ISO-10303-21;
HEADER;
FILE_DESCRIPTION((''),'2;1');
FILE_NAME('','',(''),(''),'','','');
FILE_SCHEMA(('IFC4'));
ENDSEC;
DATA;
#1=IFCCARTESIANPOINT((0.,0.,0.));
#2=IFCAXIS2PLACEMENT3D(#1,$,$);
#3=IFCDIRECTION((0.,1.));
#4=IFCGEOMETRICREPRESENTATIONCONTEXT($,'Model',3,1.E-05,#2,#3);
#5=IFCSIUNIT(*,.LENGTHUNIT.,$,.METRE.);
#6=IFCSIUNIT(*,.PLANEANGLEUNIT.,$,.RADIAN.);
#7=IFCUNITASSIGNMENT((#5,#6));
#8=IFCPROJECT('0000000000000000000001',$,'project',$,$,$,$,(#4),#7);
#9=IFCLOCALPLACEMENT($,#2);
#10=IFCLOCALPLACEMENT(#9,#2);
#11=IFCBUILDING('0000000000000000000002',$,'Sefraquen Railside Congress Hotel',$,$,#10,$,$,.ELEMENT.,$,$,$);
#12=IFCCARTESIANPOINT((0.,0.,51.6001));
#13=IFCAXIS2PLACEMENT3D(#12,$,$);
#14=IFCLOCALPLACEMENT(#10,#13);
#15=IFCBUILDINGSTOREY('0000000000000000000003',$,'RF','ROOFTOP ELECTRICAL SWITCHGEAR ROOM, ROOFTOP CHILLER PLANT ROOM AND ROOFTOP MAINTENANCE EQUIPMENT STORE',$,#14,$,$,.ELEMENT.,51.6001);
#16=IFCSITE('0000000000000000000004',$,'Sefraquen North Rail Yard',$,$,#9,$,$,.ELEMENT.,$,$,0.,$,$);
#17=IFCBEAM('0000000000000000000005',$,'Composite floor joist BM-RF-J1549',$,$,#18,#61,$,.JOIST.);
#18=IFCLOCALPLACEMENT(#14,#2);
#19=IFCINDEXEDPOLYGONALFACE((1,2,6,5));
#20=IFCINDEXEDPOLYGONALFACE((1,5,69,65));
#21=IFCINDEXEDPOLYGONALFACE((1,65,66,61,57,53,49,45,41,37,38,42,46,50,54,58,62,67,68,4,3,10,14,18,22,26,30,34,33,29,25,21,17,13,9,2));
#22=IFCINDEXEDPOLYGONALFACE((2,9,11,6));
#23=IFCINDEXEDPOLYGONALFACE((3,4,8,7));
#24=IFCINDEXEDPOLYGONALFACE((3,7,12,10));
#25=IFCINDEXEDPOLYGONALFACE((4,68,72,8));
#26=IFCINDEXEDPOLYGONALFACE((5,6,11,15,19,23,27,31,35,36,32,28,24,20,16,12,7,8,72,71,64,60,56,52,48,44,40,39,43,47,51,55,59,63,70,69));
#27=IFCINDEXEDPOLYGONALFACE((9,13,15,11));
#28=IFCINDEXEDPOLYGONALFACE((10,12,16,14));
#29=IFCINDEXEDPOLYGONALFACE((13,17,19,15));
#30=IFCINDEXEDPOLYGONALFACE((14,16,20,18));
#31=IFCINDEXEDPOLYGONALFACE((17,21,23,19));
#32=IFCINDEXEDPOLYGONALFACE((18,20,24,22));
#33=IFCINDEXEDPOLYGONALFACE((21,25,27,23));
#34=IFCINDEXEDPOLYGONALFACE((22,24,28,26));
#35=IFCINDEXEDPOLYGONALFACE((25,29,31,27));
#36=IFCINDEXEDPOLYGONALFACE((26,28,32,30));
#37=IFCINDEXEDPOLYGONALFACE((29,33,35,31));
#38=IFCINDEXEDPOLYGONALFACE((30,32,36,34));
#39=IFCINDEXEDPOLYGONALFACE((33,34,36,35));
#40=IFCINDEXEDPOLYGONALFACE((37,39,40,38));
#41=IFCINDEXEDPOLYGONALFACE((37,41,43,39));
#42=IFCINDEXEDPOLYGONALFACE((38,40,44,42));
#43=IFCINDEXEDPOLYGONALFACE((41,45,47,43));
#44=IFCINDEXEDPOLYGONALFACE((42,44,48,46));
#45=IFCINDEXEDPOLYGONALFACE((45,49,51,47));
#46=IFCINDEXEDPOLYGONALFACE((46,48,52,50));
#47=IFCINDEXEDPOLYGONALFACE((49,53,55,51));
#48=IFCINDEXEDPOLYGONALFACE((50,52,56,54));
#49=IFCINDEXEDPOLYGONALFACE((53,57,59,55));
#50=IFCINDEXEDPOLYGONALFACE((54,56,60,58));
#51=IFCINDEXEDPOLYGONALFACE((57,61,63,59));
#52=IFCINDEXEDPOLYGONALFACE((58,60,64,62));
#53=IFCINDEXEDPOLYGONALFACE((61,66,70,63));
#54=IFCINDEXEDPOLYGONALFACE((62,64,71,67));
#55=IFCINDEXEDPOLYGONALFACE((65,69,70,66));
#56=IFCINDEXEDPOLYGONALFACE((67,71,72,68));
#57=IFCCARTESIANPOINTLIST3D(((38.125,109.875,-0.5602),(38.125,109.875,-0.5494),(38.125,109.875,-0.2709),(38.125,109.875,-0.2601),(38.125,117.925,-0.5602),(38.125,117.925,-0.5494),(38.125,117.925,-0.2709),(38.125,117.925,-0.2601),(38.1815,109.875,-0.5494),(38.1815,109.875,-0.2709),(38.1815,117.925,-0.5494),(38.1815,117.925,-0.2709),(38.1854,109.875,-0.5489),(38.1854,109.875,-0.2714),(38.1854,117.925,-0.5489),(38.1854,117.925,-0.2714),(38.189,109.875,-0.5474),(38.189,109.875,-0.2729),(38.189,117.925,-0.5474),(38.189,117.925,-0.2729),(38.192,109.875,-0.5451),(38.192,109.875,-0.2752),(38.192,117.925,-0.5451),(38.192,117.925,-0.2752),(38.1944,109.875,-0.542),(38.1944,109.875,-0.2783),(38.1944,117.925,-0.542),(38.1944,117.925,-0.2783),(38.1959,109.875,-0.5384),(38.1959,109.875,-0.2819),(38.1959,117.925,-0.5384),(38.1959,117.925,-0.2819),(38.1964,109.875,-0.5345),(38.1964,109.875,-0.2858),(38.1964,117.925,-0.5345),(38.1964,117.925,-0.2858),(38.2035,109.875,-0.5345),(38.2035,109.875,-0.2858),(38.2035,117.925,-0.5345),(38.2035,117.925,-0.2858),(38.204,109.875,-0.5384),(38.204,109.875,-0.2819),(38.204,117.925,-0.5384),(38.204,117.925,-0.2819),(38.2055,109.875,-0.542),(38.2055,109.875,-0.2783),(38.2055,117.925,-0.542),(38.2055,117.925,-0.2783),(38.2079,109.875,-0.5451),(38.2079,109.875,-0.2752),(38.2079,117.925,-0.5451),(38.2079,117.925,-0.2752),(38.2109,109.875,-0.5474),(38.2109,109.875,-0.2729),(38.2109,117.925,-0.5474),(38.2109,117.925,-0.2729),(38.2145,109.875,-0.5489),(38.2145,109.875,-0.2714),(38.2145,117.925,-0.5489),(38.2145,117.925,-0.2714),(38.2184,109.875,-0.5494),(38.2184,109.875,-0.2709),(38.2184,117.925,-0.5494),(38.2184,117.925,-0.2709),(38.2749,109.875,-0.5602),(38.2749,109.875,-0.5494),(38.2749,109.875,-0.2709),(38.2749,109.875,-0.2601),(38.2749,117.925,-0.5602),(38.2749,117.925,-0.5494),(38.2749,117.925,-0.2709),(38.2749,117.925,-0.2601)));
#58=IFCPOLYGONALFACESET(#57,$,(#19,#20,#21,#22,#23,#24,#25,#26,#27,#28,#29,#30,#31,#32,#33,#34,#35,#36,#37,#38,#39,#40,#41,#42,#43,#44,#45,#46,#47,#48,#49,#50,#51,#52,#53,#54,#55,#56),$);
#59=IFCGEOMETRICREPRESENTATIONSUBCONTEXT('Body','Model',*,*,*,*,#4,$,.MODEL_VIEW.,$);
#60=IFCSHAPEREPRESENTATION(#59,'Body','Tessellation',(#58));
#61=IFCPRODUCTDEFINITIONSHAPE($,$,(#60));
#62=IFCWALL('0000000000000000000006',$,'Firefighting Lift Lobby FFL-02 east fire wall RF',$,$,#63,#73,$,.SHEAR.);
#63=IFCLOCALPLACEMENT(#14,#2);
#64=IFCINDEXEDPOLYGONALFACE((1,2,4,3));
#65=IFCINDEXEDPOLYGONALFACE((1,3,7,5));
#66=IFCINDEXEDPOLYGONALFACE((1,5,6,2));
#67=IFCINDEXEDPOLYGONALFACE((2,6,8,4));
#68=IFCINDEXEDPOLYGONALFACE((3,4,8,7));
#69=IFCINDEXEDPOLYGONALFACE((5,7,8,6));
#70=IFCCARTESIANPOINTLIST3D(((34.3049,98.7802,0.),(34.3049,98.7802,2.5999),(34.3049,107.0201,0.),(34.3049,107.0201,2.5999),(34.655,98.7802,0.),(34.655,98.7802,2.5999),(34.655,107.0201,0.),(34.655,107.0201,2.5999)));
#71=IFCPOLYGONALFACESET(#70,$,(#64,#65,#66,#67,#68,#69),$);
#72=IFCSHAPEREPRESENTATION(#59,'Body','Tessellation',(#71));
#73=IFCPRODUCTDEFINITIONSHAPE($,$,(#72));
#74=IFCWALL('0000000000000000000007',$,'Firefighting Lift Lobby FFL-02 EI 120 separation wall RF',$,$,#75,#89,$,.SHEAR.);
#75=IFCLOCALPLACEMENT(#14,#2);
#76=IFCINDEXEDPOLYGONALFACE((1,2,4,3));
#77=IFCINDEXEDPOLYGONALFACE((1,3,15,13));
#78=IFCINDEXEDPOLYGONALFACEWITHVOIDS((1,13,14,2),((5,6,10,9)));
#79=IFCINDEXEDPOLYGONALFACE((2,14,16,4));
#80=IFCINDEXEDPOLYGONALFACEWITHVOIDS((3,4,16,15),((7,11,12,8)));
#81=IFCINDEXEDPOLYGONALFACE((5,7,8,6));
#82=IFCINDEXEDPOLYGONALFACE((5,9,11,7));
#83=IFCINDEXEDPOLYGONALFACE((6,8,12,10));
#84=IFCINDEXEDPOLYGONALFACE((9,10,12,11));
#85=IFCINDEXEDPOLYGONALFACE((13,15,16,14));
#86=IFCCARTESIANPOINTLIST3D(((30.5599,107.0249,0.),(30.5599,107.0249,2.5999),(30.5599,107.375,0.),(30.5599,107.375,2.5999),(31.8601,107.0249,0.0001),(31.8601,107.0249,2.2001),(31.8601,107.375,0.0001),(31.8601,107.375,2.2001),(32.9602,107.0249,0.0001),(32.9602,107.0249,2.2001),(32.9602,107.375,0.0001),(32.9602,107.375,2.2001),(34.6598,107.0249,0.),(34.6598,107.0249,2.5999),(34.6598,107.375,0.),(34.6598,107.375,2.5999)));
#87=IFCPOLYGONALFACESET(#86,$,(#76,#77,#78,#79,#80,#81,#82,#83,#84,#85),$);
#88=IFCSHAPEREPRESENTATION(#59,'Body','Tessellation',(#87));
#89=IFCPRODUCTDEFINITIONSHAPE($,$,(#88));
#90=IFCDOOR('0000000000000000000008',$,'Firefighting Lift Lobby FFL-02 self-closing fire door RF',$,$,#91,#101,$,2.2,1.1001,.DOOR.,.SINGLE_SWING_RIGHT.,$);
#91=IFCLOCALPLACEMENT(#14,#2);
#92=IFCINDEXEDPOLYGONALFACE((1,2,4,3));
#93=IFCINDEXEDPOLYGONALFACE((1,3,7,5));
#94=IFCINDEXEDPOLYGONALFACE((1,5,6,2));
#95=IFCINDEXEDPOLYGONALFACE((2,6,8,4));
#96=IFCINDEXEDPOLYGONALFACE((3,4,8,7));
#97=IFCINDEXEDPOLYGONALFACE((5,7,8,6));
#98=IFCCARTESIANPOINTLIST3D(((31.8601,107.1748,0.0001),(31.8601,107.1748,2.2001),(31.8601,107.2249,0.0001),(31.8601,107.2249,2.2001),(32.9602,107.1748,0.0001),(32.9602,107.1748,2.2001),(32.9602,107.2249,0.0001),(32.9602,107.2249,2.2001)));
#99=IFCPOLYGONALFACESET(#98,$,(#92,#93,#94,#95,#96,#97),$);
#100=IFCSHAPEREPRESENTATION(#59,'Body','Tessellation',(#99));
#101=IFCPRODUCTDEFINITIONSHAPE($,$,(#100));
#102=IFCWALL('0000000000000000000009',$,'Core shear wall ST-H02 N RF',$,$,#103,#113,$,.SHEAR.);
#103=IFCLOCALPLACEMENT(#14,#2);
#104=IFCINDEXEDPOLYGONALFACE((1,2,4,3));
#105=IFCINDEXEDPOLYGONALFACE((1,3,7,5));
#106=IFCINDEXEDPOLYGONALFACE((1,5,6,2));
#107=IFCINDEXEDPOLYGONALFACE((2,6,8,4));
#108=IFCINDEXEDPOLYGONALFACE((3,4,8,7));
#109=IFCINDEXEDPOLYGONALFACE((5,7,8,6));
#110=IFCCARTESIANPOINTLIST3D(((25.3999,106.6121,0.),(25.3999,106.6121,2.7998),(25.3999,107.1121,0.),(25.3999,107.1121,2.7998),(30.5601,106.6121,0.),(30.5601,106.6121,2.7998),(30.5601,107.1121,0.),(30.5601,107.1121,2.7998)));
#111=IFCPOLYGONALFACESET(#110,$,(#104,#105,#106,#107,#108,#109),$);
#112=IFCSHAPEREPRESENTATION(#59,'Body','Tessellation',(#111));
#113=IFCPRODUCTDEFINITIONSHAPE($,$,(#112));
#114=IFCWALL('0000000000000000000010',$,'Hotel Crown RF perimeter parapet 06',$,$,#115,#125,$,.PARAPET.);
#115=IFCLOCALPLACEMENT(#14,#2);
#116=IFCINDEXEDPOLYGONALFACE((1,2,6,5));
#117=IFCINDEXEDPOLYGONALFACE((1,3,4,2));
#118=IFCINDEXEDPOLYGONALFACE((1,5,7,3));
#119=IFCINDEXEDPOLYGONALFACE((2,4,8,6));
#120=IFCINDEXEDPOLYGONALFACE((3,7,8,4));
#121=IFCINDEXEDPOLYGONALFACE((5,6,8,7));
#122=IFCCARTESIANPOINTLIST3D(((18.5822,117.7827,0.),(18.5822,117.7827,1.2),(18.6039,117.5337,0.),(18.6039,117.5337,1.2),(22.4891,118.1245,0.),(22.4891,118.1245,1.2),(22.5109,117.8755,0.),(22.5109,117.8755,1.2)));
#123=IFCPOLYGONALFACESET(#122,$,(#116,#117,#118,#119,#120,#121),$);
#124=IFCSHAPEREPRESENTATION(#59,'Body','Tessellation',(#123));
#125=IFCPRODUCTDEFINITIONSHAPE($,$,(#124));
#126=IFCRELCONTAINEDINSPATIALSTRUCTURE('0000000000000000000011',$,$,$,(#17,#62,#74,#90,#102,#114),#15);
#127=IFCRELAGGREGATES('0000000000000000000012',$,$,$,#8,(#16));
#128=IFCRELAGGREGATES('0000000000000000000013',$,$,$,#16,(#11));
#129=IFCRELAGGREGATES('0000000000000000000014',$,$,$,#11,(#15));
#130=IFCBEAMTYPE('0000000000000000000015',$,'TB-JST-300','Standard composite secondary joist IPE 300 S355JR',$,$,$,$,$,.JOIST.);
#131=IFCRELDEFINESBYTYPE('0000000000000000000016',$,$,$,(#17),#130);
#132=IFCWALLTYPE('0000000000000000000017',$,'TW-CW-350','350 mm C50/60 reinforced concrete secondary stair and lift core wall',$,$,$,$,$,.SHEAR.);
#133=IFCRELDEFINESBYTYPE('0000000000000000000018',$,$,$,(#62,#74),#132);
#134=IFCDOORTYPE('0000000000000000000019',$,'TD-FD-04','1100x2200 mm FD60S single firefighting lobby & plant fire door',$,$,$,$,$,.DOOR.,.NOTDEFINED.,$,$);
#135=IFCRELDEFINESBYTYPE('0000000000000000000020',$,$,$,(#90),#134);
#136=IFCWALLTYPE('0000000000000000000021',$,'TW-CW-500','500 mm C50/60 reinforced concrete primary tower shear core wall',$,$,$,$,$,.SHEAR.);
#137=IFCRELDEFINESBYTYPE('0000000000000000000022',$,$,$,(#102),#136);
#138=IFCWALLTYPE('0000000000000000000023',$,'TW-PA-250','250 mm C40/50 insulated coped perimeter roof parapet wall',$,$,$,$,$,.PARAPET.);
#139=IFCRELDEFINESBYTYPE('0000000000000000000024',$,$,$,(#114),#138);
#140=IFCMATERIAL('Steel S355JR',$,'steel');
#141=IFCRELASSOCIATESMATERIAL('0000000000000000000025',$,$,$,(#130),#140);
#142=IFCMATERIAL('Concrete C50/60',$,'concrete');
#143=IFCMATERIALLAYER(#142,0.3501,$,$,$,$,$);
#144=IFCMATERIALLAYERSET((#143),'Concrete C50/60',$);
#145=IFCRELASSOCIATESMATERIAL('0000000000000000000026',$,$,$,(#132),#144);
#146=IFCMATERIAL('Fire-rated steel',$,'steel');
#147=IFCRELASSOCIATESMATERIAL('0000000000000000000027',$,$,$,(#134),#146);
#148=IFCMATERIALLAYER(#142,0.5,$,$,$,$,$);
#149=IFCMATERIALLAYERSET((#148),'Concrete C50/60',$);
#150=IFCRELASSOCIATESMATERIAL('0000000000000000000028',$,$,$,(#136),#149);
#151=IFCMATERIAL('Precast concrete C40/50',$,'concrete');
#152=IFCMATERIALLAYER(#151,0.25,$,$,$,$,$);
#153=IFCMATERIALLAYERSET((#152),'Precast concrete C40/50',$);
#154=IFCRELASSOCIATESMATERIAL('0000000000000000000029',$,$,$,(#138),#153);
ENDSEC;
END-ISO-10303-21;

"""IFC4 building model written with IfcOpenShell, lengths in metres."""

from ifc_helpers import new_model, si_unit, direction, frame, frame_2d, origin, origin_2d, place, context, subcontext, project, spatial, rectangle, i_section, extrude, material, layer, layer_set, material_profile, profile_set, type_object, element, fill, save


model = new_model("IFC4")

# Units and contexts
model_context = context("Model", 3, precision=1e-05, world=origin(), true_north=direction((0.0, 1.0)))
body_context = subcontext(model_context, "Body", "Model", "MODEL_VIEW")
ifc_project = project(units=[si_unit("LENGTHUNIT", "METRE"), si_unit("PLANEANGLEUNIT", "RADIAN")], contexts=[model_context])

# Site, building, storey
site_placement = place(None, origin())
site = spatial("IfcSite", under=ifc_project, at=site_placement, Name="Sefraquen North Rail Yard", CompositionType="ELEMENT", RefElevation=0.0)
building_placement = place(site_placement, origin())
building = spatial("IfcBuilding", under=site, at=building_placement, Name="Sefraquen Railside Congress Hotel", CompositionType="ELEMENT")
storey_placement = place(building_placement, frame((0.0, 0.0, 51.6001)))
storey = spatial("IfcBuildingStorey", under=building, at=storey_placement, Name="RF", Description="ROOFTOP ELECTRICAL SWITCHGEAR ROOM, ROOFTOP CHILLER PLANT ROOM AND ROOFTOP MAINTENANCE EQUIPMENT STORE", CompositionType="ELEMENT", Elevation=51.6001)

# Beam
ifc_material_1 = material(Name="Steel S355JR", Category="steel")
ifc_material_profile_1 = material_profile(ifc_material_1, i_section(OverallWidth=0.1499, OverallDepth=0.3, WebThickness=0.0071, FlangeThickness=0.0107, FilletRadius=0.0149, at=origin_2d()), Name="IPE 300")
ifc_profile_set_1 = profile_set([ifc_material_profile_1], Name="Steel S355JR")
beam_type_1 = type_object("IfcBeamType", Name="TB-JST-300", Description="Standard composite secondary joist IPE 300 S355JR", PredefinedType="JOIST", material=ifc_profile_set_1)
for number, where, z_axis, x_axis, name in (
    (1, (38.2, 109.875, -0.4102), (0.0, 1.0, 0.0), (-1.0, 0.0, 0.0), "Composite floor joist BM-RF-J1549"),
):
    element("IfcBeam", number, at=place(storey_placement, frame(where, z_axis=z_axis, x_axis=x_axis)), inside=storey, type_object=beam_type_1, Name=name, PredefinedType="JOIST", context=body_context, shape_type="SweptSolid", body=[
        extrude(i_section(OverallWidth=0.1499, OverallDepth=0.3, WebThickness=0.0071, FlangeThickness=0.0107, FilletRadius=0.0149, at=origin_2d()), origin(), (0.0, 0.0, 1.0), 8.05),
    ])

# Wall
ifc_material_2 = material(Name="Concrete C50/60", Category="concrete")
ifc_layer_1 = layer(ifc_material_2, 0.3501)
ifc_layer_set_1 = layer_set([ifc_layer_1], Name="Concrete C50/60")
wall_type_1 = type_object("IfcWallType", Name="TW-CW-350", Description="350 mm C50/60 reinforced concrete secondary stair and lift core wall", PredefinedType="SHEAR", material=ifc_layer_set_1)
wall_1_placement = place(storey_placement, frame((34.48, 98.78, 0.0), z_axis=(0.0, 0.0, 1.0), x_axis=(0.0, 1.0, 0.0)))
element("IfcWall", 2, at=wall_1_placement, inside=storey, type_object=wall_type_1, Name="Firefighting Lift Lobby FFL-02 east fire wall RF", PredefinedType="SHEAR", context=body_context, shape_type="SweptSolid", body=[
    extrude(rectangle(XDim=8.24, YDim=0.3501, at=frame_2d((4.1201, 0.0))), origin(), (0.0, 0.0, 1.0), 2.5999),
])

# Wall, opening, door
wall_2_placement = place(storey_placement, frame((30.5601, 107.2, 0.0), z_axis=(0.0, 0.0, 1.0), x_axis=(1.0, 0.0, 0.0)))
wall_2 = element("IfcWall", 3, at=wall_2_placement, inside=storey, type_object=wall_type_1, Name="Firefighting Lift Lobby FFL-02 EI 120 separation wall RF", PredefinedType="SHEAR", context=body_context, shape_type="SweptSolid", body=[
    extrude(rectangle(XDim=4.0999, YDim=0.3501, at=frame_2d((2.0498, 0.0))), origin(), (0.0, 0.0, 1.0), 2.5999),
])
opening_placement = place(wall_2_placement, frame((1.3, 0.0, 0.0)))
opening = element("IfcOpeningElement", 4, at=opening_placement, cuts=wall_2, PredefinedType="OPENING", context=body_context, shape_type="SweptSolid", body=[
    extrude(rectangle(XDim=1.1001, YDim=2.2, at=frame_2d((0.55, 1.1001))), frame((0.0, 0.1851, 0.0), z_axis=(0.0, -1.0, 0.0), x_axis=(1.0, 0.0, 0.0)), (0.0, 0.0, 1.0), 0.3701),
])
ifc_material_3 = material(Name="Fire-rated steel", Category="steel")
door_type = type_object("IfcDoorType", Name="TD-FD-04", Description="1100x2200 mm FD60S single firefighting lobby & plant fire door", OperationType="NOTDEFINED", PredefinedType="DOOR", material=ifc_material_3)
door_placement = place(opening_placement, origin())
door = element("IfcDoor", 5, at=door_placement, inside=storey, type_object=door_type, Name="Firefighting Lift Lobby FFL-02 self-closing fire door RF", OperationType="SINGLE_SWING_RIGHT", OverallHeight=2.2, OverallWidth=1.1001, PredefinedType="DOOR", context=body_context, shape_type="SweptSolid", body=[
    extrude(rectangle(XDim=1.1001, YDim=2.2, at=frame_2d((0.55, 1.1001))), frame((0.0, 0.0249, 0.0), z_axis=(0.0, -1.0, 0.0), x_axis=(1.0, 0.0, 0.0)), (0.0, 0.0, 1.0), 0.05),
])
fill(opening, door)

# Walls
ifc_layer_2 = layer(ifc_material_2, 0.5)
ifc_layer_set_2 = layer_set([ifc_layer_2], Name="Concrete C50/60")
wall_type_2 = type_object("IfcWallType", Name="TW-CW-500", Description="500 mm C50/60 reinforced concrete primary tower shear core wall", PredefinedType="SHEAR", material=ifc_layer_set_2)
wall_3_placement = place(storey_placement, frame((25.3999, 106.8621, 0.0), z_axis=(0.0, 0.0, 1.0), x_axis=(1.0, 0.0, 0.0)))
element("IfcWall", 6, at=wall_3_placement, inside=storey, type_object=wall_type_2, Name="Core shear wall ST-H02 N RF", PredefinedType="SHEAR", context=body_context, shape_type="SweptSolid", body=[
    extrude(rectangle(XDim=5.1602, YDim=0.5, at=frame_2d((2.5801, 0.0))), origin(), (0.0, 0.0, 1.0), 2.7998),
])
ifc_material_4 = material(Name="Precast concrete C40/50", Category="concrete")
ifc_layer_3 = layer(ifc_material_4, 0.25)
ifc_layer_set_3 = layer_set([ifc_layer_3], Name="Precast concrete C40/50")
wall_type_3 = type_object("IfcWallType", Name="TW-PA-250", Description="250 mm C40/50 insulated coped perimeter roof parapet wall", PredefinedType="PARAPET", material=ifc_layer_set_3)
wall_4_placement = place(storey_placement, frame((22.5, 118.0, 0.0), z_axis=(0.0, 0.0, 1.0), x_axis=(-0.996195, -0.087151, 0.0)))
element("IfcWall", 7, at=wall_4_placement, inside=storey, type_object=wall_type_3, Name="Hotel Crown RF perimeter parapet 06", PredefinedType="PARAPET", context=body_context, shape_type="SweptSolid", body=[
    extrude(rectangle(XDim=3.9219, YDim=0.25, at=frame_2d((1.9609, 0.0))), origin(), (0.0, 0.0, 1.0), 1.2),
])

save(model, "model.ifc")
